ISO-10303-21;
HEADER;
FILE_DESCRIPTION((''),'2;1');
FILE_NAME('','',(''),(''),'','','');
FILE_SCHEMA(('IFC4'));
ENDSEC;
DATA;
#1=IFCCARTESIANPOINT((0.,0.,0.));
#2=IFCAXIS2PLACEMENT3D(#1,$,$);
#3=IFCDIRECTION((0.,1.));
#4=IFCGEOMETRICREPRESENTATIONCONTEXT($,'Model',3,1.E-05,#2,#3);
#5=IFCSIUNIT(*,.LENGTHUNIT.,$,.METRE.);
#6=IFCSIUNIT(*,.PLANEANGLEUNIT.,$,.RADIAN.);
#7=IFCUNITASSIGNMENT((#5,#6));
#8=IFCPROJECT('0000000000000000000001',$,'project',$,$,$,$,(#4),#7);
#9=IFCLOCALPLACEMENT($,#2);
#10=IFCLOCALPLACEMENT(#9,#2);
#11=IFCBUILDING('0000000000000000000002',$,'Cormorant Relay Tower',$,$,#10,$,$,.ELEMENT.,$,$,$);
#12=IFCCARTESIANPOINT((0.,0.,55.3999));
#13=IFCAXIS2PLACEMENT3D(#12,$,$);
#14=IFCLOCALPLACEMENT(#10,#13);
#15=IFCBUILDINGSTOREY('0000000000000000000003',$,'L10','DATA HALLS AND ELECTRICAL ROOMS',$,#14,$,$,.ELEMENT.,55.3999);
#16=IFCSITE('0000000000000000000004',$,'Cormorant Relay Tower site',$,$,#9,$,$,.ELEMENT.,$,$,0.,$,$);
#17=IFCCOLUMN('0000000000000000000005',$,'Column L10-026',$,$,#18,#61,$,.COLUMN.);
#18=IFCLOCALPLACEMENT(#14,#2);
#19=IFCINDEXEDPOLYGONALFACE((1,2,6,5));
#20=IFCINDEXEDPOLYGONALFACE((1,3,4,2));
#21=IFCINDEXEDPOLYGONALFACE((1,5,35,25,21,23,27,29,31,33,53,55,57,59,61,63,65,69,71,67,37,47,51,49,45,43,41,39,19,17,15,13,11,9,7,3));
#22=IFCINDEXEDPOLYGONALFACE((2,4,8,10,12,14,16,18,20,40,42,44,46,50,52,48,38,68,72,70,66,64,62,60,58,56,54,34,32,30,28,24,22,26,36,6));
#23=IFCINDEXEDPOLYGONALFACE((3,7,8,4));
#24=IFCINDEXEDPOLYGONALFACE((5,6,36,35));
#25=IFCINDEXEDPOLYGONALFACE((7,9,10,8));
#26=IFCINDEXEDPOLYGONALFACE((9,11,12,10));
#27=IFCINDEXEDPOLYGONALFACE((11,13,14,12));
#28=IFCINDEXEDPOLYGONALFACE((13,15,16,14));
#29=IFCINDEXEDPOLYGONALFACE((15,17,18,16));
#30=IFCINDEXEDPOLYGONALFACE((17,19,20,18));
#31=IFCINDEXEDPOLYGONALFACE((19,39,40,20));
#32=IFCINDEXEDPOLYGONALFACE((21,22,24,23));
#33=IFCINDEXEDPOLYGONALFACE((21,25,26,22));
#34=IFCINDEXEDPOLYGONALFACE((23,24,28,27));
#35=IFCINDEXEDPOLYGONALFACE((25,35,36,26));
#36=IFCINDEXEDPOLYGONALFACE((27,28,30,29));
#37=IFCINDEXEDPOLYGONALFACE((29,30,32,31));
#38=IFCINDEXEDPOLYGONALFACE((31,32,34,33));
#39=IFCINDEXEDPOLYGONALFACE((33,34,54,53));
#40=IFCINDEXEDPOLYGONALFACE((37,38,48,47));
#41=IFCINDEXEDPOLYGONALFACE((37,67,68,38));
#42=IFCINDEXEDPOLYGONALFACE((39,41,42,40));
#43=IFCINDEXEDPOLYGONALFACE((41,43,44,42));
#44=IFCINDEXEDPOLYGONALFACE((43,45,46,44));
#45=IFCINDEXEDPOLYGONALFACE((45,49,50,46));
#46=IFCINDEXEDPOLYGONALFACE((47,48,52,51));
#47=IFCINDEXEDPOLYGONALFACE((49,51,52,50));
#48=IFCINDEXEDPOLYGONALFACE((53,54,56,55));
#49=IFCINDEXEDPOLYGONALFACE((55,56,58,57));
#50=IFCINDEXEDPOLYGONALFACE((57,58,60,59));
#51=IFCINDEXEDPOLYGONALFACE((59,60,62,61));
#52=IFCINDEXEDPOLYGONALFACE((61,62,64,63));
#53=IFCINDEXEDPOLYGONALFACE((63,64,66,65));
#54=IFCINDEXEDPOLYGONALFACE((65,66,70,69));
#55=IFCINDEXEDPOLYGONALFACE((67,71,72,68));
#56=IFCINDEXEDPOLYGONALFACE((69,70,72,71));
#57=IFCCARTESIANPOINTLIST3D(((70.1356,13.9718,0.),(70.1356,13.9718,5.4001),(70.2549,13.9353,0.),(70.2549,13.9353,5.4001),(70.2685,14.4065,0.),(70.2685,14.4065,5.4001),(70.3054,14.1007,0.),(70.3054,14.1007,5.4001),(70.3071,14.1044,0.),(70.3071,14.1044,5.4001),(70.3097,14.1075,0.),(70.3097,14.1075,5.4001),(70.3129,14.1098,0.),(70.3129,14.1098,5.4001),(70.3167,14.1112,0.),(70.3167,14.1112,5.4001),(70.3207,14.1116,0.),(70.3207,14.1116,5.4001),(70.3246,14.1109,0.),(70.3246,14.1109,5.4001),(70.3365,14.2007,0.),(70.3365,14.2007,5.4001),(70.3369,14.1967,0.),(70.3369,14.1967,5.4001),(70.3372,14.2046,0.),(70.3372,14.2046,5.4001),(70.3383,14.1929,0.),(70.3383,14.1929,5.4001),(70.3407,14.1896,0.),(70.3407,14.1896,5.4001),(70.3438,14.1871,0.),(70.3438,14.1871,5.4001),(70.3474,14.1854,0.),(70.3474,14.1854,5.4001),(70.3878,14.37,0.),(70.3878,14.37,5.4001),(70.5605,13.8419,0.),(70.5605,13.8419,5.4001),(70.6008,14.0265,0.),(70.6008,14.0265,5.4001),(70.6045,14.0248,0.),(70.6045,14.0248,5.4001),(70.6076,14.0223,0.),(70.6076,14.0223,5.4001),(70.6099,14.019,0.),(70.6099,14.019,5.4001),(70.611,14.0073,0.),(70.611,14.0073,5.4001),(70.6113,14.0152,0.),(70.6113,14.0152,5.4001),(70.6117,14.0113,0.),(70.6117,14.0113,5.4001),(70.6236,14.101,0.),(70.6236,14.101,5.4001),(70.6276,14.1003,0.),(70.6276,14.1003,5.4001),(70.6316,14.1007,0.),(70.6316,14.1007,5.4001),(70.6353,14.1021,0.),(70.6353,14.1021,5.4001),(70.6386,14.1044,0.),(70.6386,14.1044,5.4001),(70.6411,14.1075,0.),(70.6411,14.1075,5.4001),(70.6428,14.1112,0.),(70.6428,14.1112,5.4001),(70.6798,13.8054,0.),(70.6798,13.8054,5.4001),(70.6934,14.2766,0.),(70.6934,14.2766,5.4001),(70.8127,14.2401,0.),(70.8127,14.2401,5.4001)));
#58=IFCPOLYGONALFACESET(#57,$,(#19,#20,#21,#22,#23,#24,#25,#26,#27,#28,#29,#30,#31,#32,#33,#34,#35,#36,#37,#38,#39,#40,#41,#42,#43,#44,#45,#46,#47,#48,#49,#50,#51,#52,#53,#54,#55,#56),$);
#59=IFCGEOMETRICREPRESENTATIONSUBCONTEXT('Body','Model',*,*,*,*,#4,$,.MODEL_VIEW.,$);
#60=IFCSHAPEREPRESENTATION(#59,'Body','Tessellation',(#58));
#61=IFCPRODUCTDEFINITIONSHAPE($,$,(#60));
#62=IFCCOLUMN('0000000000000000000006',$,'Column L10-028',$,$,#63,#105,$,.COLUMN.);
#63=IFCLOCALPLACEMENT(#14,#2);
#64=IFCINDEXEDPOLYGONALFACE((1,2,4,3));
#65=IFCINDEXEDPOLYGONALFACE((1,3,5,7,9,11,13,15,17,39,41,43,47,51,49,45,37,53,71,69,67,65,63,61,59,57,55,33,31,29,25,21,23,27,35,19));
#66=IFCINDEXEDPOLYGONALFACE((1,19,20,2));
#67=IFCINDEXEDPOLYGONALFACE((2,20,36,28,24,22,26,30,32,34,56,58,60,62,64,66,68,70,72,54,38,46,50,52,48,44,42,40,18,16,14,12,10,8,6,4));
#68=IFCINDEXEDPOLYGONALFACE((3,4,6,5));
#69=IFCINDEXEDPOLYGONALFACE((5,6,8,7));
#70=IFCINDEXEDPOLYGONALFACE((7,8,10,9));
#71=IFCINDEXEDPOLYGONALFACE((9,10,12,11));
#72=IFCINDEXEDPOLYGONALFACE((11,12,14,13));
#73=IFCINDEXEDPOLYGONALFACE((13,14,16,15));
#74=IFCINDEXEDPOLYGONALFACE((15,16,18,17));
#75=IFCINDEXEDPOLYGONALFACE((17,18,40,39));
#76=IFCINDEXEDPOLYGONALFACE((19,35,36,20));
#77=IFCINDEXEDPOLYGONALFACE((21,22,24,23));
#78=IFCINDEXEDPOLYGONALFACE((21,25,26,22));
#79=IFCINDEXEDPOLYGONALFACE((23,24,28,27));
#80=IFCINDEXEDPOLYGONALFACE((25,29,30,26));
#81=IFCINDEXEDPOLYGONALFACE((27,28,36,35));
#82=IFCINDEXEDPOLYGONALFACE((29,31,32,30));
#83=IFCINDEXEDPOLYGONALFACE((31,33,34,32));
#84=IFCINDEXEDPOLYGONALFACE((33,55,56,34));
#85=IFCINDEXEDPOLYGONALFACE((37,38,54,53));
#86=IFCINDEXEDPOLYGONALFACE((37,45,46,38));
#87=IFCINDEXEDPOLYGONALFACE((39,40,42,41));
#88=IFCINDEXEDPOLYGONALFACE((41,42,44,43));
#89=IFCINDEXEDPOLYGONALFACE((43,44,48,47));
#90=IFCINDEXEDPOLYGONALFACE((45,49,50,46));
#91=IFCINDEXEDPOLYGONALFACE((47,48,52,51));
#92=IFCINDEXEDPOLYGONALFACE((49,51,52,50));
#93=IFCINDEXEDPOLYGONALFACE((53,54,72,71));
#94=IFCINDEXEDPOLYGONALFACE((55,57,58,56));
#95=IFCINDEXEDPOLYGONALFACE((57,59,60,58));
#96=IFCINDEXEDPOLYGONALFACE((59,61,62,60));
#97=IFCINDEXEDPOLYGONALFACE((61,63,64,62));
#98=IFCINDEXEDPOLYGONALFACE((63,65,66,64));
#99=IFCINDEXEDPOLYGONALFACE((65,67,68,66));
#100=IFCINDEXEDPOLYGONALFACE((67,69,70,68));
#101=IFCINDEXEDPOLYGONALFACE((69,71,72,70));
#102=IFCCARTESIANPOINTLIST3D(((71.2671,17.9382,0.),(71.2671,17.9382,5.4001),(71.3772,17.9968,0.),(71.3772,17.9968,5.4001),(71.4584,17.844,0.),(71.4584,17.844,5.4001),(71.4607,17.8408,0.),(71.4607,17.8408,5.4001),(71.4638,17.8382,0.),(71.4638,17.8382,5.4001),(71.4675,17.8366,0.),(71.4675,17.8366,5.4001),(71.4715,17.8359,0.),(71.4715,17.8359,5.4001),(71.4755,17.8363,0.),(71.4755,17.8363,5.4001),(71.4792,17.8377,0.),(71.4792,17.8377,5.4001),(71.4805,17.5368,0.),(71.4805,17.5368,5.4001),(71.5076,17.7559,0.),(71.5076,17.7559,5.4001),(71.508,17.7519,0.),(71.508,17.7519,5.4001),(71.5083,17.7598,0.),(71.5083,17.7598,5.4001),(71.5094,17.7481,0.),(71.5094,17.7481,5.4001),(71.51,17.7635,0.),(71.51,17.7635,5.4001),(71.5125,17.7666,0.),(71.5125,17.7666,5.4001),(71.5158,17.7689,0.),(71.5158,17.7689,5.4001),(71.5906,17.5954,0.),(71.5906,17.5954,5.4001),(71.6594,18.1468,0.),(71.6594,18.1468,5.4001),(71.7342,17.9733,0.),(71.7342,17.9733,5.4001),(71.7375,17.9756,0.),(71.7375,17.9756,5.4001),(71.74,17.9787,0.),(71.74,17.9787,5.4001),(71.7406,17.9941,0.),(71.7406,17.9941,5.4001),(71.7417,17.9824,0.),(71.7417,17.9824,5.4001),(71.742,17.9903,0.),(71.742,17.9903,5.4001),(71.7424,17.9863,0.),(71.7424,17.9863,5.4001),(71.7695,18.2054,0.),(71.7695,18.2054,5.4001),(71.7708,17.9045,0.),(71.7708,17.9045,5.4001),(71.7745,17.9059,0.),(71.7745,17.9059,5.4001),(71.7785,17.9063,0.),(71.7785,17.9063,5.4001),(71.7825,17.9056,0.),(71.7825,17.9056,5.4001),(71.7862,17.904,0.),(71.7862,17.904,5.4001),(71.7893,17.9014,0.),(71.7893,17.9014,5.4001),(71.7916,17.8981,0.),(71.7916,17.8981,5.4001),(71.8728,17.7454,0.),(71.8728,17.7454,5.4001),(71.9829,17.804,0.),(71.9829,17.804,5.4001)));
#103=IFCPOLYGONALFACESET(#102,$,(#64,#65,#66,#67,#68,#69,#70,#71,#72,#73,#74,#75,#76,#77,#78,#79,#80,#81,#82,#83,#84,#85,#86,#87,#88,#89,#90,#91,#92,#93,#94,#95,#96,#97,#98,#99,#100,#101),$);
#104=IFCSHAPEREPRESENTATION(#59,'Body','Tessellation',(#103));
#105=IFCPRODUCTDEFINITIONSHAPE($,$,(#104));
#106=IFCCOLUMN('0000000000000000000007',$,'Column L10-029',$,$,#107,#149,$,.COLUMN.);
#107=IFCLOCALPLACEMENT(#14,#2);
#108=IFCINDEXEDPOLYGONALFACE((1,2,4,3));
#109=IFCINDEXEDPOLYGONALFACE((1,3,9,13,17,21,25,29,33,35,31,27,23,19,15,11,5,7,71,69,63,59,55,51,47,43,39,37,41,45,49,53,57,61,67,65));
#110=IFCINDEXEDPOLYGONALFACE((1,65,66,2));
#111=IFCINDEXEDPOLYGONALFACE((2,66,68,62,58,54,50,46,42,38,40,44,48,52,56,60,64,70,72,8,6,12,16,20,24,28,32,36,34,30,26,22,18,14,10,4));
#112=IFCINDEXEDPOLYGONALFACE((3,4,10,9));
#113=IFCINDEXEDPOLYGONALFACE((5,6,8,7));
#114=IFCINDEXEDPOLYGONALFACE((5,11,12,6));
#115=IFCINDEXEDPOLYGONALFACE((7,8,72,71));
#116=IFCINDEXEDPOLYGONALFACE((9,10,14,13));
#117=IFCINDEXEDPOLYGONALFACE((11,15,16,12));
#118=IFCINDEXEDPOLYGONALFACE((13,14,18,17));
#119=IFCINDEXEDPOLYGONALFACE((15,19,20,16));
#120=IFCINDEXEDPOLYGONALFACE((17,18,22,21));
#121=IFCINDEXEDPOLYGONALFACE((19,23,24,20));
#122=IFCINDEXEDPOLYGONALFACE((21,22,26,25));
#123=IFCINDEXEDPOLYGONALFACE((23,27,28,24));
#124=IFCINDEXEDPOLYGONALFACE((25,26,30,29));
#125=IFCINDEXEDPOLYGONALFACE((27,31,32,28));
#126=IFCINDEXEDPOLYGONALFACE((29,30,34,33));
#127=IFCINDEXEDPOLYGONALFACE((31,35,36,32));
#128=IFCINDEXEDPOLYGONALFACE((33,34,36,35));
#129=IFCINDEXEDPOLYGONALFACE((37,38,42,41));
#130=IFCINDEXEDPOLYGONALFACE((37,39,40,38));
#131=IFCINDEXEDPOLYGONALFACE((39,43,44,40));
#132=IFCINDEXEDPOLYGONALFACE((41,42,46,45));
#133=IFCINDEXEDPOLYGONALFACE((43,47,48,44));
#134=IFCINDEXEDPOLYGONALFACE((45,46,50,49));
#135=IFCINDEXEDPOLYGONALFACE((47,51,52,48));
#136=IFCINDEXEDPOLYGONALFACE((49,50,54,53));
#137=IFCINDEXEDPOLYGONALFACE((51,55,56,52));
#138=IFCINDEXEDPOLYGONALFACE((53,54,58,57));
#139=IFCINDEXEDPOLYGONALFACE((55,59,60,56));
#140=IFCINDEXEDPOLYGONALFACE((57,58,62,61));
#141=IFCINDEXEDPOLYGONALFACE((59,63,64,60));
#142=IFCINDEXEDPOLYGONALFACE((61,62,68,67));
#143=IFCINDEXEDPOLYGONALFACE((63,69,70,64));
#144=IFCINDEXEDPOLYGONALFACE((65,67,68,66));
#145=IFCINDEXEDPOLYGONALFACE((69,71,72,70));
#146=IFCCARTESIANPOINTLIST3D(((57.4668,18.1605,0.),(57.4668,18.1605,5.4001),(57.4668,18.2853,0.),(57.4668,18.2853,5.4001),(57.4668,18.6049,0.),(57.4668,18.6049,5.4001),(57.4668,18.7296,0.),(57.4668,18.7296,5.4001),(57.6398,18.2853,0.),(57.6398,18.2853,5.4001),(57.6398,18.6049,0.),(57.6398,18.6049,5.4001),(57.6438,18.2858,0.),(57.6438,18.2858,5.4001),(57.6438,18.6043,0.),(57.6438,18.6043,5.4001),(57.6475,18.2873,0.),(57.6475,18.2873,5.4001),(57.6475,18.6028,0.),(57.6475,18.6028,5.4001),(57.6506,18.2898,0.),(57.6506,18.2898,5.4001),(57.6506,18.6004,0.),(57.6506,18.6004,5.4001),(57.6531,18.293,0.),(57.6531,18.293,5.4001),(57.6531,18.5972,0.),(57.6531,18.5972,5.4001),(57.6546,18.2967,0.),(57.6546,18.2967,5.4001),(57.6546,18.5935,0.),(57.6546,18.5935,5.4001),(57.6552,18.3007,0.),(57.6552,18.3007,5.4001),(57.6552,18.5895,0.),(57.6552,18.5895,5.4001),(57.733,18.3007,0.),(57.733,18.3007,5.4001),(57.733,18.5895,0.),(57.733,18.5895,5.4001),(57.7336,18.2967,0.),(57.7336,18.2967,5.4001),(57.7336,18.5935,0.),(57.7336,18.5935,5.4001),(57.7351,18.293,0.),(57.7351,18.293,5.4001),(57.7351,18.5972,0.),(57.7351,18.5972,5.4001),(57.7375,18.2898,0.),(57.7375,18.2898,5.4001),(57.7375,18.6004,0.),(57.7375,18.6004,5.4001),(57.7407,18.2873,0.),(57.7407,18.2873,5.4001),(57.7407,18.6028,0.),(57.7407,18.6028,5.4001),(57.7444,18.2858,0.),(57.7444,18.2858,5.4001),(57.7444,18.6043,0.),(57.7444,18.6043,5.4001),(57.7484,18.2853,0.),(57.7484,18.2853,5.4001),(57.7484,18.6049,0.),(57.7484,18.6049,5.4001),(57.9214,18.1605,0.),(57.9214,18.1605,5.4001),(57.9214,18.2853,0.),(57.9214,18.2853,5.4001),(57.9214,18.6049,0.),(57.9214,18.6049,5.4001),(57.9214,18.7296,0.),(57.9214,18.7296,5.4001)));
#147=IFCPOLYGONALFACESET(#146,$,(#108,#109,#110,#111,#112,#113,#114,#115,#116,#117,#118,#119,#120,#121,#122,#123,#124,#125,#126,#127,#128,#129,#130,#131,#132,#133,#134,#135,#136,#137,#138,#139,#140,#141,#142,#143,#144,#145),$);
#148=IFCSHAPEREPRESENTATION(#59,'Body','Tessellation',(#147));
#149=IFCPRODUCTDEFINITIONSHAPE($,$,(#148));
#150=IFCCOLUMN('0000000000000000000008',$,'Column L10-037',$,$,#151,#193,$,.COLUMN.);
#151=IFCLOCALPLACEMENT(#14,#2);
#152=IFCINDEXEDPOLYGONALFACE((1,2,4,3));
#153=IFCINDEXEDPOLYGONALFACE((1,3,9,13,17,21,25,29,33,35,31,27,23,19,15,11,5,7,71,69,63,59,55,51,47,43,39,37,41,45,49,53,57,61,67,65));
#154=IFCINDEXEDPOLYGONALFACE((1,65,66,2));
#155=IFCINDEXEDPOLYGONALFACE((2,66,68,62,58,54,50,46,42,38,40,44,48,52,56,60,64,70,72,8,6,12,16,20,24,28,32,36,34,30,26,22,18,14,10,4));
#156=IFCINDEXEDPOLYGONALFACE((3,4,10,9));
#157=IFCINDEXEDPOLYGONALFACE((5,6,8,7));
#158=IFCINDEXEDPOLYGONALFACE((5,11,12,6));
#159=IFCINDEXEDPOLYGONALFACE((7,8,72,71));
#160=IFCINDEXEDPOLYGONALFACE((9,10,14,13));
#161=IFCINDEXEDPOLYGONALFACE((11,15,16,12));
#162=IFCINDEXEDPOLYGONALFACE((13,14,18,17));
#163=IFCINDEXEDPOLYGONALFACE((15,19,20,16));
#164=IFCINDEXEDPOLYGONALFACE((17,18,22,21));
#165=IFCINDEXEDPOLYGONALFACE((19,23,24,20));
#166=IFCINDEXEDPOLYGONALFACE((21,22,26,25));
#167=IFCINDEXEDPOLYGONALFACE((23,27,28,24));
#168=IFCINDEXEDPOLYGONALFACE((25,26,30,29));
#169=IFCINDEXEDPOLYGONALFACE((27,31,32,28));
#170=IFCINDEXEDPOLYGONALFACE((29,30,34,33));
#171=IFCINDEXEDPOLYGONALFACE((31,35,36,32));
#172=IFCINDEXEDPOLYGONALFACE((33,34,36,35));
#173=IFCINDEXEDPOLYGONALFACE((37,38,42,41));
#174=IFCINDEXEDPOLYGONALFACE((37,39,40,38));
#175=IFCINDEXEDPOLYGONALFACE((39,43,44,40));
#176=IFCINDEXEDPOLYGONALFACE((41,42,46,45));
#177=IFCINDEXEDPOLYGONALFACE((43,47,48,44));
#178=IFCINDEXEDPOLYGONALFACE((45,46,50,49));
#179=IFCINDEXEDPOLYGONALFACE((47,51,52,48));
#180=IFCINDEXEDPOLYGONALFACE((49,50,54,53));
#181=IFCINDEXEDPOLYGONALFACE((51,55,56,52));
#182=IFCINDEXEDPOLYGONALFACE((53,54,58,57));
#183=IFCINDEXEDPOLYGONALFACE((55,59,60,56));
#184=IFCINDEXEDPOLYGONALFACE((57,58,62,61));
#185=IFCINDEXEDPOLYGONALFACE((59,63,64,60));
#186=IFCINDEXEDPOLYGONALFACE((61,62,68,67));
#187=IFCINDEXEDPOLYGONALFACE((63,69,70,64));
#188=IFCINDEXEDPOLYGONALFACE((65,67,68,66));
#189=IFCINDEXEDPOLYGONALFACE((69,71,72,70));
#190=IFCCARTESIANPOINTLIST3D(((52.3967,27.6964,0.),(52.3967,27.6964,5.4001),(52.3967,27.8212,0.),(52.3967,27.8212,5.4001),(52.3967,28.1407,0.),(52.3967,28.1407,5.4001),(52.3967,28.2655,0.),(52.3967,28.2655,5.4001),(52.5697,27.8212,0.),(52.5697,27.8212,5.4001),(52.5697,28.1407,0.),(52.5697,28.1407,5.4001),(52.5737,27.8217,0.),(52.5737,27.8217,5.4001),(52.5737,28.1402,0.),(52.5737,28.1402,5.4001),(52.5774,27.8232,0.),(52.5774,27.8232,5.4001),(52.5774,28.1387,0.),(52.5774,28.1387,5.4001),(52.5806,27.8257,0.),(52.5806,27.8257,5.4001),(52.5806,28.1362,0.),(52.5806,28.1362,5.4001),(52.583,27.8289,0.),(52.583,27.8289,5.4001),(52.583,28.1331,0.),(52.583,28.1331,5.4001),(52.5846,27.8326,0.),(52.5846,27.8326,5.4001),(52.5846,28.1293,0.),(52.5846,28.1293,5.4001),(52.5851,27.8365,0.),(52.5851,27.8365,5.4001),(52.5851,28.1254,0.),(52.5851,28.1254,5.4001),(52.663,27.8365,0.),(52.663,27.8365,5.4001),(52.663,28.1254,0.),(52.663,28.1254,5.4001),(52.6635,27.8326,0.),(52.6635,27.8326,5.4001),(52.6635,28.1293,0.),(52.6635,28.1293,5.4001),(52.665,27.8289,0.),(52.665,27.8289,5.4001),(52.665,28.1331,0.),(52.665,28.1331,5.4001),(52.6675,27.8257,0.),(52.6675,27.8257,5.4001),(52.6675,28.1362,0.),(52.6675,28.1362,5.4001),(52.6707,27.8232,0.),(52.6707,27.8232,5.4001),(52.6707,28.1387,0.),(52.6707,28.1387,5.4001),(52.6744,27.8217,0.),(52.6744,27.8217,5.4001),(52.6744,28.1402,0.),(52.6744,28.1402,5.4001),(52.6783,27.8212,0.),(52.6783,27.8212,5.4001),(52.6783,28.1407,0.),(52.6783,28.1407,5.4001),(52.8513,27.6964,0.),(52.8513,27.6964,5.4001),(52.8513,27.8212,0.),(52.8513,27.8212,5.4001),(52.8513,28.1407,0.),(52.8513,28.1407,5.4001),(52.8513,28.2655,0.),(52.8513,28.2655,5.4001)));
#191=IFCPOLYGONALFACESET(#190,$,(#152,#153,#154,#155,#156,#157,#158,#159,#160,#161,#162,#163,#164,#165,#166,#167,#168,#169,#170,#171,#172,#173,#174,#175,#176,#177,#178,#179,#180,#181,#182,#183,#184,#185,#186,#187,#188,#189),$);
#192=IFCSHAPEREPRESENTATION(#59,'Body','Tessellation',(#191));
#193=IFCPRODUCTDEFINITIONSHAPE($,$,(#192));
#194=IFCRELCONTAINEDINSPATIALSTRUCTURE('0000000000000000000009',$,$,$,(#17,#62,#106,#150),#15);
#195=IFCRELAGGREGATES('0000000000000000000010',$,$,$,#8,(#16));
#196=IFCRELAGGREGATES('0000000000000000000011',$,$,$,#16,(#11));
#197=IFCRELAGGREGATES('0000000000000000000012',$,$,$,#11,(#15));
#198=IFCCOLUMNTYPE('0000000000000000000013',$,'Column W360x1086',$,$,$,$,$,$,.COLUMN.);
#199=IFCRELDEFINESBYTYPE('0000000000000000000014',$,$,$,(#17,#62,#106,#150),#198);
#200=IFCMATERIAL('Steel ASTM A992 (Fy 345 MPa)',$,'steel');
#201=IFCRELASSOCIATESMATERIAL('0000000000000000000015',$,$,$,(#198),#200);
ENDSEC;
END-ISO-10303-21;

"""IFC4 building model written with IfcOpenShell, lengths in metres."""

from ifc_helpers import new_model, si_unit, direction, frame, origin, origin_2d, place, context, subcontext, project, spatial, i_section, extrude, material, material_profile, profile_set, type_object, element, save


model = new_model("IFC4")

# Units and contexts
model_context = context("Model", 3, precision=1e-05, world=origin(), true_north=direction((0.0, 1.0)))
body_context = subcontext(model_context, "Body", "Model", "MODEL_VIEW")
ifc_project = project(units=[si_unit("LENGTHUNIT", "METRE"), si_unit("PLANEANGLEUNIT", "RADIAN")], contexts=[model_context])

# Site, building, storey
site_placement = place(None, origin())
site = spatial("IfcSite", under=ifc_project, at=site_placement, Name="Cormorant Relay Tower site", CompositionType="ELEMENT", RefElevation=0.0)
building_placement = place(site_placement, origin())
building = spatial("IfcBuilding", under=site, at=building_placement, Name="Cormorant Relay Tower", CompositionType="ELEMENT")
storey_placement = place(building_placement, frame((0.0, 0.0, 55.3999)))
storey = spatial("IfcBuildingStorey", under=building, at=storey_placement, Name="L10", Description="DATA HALLS AND ELECTRICAL ROOMS", CompositionType="ELEMENT", Elevation=55.3999)

# Columns
ifc_material_1 = material(Name="Steel ASTM A992 (Fy 345 MPa)", Category="steel")
ifc_material_profile_1 = material_profile(ifc_material_1, i_section(OverallWidth=0.4546, OverallDepth=0.5691, WebThickness=0.0779, FlangeThickness=0.1248, FilletRadius=0.0154, at=origin_2d()), Name="W360x1086")
ifc_profile_set_1 = profile_set([ifc_material_profile_1], Name="Steel ASTM A992 (Fy 345 MPa)")
column_type_1 = type_object("IfcColumnType", Name="Column W360x1086", PredefinedType="COLUMN", material=ifc_profile_set_1)
for number, where, z_axis, x_axis, name in (
    (1, (70.4741, 14.106, 0.0), (0.0, 0.0, 1.0), (0.292372, 0.956305, 0.0), "Column L10-026"),
    (2, (71.625, 17.8711, 0.0), (0.0, 0.0, 1.0), (-0.469472, 0.882948, 0.0), "Column L10-028"),
    (3, (57.6941, 18.4451, 0.0), (0.0, 0.0, 1.0), (1.0, 0.0, 0.0), "Column L10-029"),
    (4, (52.624, 27.981, 0.0), (0.0, 0.0, 1.0), (1.0, 0.0, 0.0), "Column L10-037"),
):
    element("IfcColumn", number, at=place(storey_placement, frame(where, z_axis=z_axis, x_axis=x_axis)), inside=storey, type_object=column_type_1, Name=name, PredefinedType="COLUMN", context=body_context, shape_type="SweptSolid", body=[
        extrude(i_section(OverallWidth=0.4546, OverallDepth=0.5691, WebThickness=0.0779, FlangeThickness=0.1248, FilletRadius=0.0154, at=origin_2d()), origin(), (0.0, 0.0, 1.0), 5.4001),
    ])

save(model, "model.ifc")
